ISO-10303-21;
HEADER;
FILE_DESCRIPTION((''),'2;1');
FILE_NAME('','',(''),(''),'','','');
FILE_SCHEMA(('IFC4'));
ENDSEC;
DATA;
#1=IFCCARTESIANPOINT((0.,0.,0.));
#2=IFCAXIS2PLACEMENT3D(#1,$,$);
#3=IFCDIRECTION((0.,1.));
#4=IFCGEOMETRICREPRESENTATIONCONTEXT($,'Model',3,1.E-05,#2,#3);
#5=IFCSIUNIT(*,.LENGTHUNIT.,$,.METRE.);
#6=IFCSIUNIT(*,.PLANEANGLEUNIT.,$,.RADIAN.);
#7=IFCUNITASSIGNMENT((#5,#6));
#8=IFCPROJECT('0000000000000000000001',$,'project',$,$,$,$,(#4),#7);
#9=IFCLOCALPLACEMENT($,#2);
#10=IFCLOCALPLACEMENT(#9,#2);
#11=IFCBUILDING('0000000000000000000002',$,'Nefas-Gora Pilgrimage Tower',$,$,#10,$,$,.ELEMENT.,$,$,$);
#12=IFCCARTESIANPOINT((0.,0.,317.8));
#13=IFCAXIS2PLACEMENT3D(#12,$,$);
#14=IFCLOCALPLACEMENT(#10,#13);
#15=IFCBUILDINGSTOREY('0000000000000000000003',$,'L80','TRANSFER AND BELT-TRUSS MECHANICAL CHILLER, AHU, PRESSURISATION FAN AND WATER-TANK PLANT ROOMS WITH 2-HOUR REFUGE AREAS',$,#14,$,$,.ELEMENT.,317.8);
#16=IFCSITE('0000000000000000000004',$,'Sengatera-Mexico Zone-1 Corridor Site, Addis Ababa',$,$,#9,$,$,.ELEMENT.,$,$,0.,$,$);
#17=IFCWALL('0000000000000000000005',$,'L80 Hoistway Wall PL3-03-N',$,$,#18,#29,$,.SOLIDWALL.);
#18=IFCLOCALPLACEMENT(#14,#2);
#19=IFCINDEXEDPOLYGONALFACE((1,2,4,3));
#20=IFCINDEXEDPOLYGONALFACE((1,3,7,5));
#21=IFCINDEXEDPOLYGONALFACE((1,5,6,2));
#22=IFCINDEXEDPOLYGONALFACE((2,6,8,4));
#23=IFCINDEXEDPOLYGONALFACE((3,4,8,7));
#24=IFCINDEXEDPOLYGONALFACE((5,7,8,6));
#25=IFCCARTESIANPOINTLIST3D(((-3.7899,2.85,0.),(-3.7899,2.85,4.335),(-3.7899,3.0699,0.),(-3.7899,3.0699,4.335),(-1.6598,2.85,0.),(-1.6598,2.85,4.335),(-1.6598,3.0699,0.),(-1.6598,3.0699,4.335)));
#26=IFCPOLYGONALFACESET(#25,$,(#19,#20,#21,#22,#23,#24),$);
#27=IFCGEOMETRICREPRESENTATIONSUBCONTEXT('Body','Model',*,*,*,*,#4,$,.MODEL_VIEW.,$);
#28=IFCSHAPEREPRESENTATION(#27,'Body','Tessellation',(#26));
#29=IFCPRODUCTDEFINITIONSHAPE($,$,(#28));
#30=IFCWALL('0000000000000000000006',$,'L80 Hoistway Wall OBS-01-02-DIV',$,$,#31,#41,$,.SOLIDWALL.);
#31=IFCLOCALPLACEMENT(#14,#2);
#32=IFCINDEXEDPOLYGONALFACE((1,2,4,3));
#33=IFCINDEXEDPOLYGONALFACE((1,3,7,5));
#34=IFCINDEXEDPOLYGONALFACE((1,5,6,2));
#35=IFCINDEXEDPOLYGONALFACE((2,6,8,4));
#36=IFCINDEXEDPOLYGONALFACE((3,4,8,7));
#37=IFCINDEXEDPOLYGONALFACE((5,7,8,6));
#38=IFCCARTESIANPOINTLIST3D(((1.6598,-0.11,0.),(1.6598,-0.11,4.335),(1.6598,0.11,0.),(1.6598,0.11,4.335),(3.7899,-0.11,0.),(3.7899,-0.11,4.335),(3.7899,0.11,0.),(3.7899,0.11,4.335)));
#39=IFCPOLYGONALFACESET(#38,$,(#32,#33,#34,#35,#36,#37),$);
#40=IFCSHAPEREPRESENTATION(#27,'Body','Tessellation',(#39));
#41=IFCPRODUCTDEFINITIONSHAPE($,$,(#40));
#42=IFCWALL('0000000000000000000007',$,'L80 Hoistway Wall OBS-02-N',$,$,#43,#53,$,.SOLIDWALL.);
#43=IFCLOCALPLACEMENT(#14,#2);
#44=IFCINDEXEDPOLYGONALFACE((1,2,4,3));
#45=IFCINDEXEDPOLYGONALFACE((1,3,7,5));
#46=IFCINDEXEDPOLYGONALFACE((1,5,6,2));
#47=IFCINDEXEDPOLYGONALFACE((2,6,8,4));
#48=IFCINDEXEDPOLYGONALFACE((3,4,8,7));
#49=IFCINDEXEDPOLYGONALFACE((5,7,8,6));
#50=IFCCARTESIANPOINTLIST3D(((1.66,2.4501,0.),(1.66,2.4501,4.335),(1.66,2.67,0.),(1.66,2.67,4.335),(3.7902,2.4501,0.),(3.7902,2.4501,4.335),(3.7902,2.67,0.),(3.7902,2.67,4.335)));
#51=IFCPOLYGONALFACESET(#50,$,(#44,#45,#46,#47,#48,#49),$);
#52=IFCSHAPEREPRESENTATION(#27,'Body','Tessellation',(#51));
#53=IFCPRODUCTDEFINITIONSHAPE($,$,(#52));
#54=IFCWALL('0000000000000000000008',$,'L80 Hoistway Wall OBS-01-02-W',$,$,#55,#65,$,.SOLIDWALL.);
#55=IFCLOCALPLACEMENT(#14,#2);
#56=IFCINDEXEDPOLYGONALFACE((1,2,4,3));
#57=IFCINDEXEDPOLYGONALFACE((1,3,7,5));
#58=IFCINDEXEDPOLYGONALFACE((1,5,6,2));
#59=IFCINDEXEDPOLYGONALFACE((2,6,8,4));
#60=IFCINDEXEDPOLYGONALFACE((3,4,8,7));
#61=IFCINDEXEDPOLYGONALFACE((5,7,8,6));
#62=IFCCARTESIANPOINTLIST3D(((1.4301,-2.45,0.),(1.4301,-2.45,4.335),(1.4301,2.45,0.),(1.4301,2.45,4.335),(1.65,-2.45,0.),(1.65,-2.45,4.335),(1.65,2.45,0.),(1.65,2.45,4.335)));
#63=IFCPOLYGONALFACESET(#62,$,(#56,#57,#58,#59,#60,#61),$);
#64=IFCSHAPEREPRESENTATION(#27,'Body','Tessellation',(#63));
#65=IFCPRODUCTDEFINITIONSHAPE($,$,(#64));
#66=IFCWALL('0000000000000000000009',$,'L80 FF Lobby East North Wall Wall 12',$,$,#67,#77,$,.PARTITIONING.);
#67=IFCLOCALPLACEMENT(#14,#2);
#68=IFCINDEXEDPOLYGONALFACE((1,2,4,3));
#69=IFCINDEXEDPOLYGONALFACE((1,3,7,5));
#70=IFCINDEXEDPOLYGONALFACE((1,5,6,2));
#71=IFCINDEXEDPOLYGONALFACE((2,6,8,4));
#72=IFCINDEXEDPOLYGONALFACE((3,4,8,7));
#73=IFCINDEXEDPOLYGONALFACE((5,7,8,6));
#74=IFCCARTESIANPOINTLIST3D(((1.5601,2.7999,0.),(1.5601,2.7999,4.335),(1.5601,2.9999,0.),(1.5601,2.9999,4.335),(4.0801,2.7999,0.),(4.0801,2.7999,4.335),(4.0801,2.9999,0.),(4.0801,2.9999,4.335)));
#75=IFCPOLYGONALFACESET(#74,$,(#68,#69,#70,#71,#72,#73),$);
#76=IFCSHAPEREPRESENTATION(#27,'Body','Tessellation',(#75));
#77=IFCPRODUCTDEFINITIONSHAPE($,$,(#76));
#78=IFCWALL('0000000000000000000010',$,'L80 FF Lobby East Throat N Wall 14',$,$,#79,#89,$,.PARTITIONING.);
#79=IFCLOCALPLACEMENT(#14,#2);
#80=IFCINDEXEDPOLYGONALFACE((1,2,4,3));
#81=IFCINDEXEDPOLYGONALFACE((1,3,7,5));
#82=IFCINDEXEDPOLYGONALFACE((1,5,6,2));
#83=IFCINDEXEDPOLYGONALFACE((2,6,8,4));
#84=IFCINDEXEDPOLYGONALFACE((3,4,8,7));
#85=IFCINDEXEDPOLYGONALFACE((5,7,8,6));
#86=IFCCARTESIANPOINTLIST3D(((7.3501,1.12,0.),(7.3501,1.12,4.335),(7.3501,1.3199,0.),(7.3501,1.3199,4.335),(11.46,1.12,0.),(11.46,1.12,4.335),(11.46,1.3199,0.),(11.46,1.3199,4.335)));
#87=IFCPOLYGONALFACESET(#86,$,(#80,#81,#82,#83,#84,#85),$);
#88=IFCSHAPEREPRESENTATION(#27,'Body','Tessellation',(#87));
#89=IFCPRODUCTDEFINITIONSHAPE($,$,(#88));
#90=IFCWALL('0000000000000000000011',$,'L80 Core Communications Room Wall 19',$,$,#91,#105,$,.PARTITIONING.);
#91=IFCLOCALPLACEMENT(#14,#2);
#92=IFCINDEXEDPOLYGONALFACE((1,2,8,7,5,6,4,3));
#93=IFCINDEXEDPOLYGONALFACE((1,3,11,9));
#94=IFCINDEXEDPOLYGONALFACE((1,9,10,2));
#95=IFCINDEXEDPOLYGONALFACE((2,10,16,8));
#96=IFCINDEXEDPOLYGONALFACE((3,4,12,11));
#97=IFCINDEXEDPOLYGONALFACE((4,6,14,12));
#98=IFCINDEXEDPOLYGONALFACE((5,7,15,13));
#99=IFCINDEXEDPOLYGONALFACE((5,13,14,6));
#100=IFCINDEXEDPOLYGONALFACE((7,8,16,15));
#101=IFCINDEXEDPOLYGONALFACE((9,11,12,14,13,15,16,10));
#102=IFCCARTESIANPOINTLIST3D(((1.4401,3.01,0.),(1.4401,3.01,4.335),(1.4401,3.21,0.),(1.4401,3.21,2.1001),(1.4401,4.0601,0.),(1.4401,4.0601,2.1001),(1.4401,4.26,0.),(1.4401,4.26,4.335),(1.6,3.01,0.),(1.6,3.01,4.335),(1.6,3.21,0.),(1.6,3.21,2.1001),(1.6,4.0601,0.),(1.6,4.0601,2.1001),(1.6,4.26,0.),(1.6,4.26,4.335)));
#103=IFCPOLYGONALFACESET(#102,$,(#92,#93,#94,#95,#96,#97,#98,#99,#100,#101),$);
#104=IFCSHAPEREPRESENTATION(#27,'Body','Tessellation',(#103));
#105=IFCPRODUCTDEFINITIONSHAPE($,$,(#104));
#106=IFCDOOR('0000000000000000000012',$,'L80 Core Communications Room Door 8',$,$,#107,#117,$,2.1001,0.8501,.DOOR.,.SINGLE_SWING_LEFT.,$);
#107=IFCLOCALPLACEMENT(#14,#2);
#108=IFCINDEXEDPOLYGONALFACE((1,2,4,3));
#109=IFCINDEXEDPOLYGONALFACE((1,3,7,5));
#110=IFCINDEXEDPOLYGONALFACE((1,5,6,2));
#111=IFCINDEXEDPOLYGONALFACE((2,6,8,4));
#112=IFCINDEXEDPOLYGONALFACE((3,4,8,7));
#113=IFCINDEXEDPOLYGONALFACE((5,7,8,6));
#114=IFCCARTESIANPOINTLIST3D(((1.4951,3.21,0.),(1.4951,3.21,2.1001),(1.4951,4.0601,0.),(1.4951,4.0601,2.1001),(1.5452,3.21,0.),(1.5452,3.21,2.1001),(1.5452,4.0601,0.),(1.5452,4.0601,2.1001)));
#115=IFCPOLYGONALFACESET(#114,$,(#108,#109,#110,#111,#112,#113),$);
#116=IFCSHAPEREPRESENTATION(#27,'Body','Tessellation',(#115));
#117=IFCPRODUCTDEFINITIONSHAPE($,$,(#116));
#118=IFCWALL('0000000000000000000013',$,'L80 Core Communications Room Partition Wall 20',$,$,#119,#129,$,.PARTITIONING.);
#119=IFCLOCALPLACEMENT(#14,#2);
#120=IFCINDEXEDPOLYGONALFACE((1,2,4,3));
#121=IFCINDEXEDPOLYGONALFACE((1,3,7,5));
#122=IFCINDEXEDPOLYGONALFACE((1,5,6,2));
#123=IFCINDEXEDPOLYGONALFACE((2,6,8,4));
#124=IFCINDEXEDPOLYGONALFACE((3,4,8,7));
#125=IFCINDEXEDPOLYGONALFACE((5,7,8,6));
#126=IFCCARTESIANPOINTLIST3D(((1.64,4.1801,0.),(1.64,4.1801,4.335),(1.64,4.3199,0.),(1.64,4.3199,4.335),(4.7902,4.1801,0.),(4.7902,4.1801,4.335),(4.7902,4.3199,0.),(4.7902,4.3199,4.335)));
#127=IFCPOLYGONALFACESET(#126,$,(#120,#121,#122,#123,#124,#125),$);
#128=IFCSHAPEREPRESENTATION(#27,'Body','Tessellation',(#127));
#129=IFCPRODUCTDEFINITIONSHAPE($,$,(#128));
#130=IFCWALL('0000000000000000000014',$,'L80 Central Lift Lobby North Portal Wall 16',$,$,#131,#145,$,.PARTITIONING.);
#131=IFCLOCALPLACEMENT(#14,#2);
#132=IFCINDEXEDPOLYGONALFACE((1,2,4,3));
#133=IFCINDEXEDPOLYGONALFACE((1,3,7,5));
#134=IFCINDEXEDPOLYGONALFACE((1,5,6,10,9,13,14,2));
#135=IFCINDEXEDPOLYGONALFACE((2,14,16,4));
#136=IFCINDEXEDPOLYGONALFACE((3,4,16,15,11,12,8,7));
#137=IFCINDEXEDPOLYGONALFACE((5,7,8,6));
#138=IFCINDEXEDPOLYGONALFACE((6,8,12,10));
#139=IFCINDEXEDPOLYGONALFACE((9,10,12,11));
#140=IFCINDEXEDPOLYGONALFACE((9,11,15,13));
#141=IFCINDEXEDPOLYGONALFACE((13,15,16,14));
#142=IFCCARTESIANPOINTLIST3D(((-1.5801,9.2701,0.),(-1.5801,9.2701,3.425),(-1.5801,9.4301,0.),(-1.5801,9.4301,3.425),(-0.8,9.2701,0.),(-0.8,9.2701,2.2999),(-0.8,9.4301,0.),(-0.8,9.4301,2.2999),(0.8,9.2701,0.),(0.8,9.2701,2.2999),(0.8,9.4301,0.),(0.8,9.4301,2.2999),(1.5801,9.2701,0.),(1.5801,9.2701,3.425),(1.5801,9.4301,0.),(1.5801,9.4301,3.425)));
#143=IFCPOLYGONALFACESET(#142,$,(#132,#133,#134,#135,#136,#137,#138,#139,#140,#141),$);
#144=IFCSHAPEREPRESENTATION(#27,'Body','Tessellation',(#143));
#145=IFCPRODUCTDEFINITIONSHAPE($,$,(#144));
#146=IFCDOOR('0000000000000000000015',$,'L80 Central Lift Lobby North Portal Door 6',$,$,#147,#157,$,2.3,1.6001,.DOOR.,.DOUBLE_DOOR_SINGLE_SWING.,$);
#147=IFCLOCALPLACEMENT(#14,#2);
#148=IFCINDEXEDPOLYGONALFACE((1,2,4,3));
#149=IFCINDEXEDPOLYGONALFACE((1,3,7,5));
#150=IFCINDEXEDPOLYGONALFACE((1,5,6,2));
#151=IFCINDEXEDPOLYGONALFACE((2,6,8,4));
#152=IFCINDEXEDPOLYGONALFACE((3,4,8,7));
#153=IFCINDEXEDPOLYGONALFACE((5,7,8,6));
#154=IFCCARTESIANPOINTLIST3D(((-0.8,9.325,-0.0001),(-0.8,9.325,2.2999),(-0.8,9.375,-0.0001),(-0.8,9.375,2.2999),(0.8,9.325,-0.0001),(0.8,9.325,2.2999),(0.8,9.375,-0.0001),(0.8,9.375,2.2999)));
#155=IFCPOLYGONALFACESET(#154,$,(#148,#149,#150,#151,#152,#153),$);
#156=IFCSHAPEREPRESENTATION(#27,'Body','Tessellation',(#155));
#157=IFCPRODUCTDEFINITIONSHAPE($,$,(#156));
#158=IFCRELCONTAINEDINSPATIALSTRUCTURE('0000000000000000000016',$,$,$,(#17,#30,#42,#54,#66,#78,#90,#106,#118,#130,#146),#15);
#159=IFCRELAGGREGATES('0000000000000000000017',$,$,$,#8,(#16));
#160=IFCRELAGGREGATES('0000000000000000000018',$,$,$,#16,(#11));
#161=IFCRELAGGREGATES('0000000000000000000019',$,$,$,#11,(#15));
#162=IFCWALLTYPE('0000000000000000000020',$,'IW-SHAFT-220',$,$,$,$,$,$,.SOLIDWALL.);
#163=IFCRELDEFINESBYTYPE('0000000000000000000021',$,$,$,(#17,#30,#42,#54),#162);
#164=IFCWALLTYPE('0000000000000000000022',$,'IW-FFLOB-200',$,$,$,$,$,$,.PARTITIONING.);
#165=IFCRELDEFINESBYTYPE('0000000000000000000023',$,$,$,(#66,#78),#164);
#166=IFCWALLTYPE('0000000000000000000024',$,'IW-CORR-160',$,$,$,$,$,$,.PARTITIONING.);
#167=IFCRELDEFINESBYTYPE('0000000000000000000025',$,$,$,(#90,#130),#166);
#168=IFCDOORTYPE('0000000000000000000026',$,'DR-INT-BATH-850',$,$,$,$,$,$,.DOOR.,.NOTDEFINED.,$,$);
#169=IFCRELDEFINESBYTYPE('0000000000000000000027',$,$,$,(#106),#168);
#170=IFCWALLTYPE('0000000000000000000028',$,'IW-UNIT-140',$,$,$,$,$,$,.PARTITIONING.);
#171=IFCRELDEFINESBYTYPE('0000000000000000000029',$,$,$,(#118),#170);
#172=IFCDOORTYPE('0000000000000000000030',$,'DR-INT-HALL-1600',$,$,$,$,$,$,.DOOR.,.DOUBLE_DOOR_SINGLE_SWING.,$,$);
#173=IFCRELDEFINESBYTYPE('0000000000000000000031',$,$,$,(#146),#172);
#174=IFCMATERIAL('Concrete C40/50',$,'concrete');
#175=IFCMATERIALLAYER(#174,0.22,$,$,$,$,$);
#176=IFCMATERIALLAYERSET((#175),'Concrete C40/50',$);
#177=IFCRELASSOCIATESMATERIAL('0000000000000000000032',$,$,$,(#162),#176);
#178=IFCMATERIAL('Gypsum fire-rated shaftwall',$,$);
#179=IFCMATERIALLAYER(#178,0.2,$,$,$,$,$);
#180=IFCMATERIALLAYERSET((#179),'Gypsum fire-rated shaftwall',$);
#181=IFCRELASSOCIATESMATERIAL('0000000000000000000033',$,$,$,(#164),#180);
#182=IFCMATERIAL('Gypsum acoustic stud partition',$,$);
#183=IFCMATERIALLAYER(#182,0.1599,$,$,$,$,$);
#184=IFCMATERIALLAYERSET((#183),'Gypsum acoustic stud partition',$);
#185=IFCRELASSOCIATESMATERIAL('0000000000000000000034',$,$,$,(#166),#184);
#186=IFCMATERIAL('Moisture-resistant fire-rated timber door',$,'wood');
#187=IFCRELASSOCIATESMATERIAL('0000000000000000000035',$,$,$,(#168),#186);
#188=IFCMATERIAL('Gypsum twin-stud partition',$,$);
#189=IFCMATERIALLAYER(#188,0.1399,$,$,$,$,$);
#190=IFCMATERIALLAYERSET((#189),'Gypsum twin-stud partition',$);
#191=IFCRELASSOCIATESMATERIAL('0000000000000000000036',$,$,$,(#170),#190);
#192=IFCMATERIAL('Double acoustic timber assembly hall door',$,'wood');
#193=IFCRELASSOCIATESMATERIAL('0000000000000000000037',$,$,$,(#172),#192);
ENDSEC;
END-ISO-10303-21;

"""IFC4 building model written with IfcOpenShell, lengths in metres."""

from ifc_helpers import new_model, si_unit, direction, frame, frame_2d, origin, place, context, subcontext, project, spatial, rectangle, extrude, source, transform, mapped, material, layer, layer_set, type_object, element, fill, save


model = new_model("IFC4")

# Units and contexts
model_context = context("Model", 3, precision=1e-05, world=origin(), true_north=direction((0.0, 1.0)))
body_context = subcontext(model_context, "Body", "Model", "MODEL_VIEW")
ifc_project = project(units=[si_unit("LENGTHUNIT", "METRE"), si_unit("PLANEANGLEUNIT", "RADIAN")], contexts=[model_context])

# Site, building, storey
site_placement = place(None, origin())
site = spatial("IfcSite", under=ifc_project, at=site_placement, Name="Sengatera-Mexico Zone-1 Corridor Site, Addis Ababa", CompositionType="ELEMENT", RefElevation=0.0)
building_placement = place(site_placement, origin())
building = spatial("IfcBuilding", under=site, at=building_placement, Name="Nefas-Gora Pilgrimage Tower", CompositionType="ELEMENT")
storey_placement = place(building_placement, frame((0.0, 0.0, 317.8)))
storey = spatial("IfcBuildingStorey", under=building, at=storey_placement, Name="L80", Description="TRANSFER AND BELT-TRUSS MECHANICAL CHILLER, AHU, PRESSURISATION FAN AND WATER-TANK PLANT ROOMS WITH 2-HOUR REFUGE AREAS", CompositionType="ELEMENT", Elevation=317.8)

# Shared definitions
ifc_material_1 = material(Name="Concrete C40/50", Category="concrete")

# Shared definitions
ifc_layer_1 = layer(ifc_material_1, 0.22)
ifc_layer_set_1 = layer_set([ifc_layer_1], Name="Concrete C40/50")
wall_type_1 = type_object("IfcWallType", Name="IW-SHAFT-220", PredefinedType="SOLIDWALL", material=ifc_layer_set_1)

# Walls
shared_shape_1 = source(origin(), body_context, "Body", "SweptSolid", [
    extrude(rectangle(XDim=2.1301, YDim=0.22, at=frame_2d((1.0649, 0.0))), origin(), (0.0, 0.0, 1.0), 4.335),
])
for number, where, z_axis, x_axis, name in (
    (1, (-1.6599, 2.96, 0.0), (0.0, 0.0, 1.0), (-1.0, 0.0, 0.0), "L80 Hoistway Wall PL3-03-N"),
    (2, (1.6599, 0.0, 0.0), (0.0, 0.0, 1.0), (1.0, 0.0, 0.0), "L80 Hoistway Wall OBS-01-02-DIV"),
    (3, (3.79, 2.5601, 0.0), (0.0, 0.0, 1.0), (-1.0, 0.0, 0.0), "L80 Hoistway Wall OBS-02-N"),
):
    element("IfcWall", number, at=place(storey_placement, frame(where, z_axis=z_axis, x_axis=x_axis)), inside=storey, type_object=wall_type_1, Name=name, PredefinedType="SOLIDWALL", context=body_context, shape_type="MappedRepresentation", body=[
        mapped(shared_shape_1, transform((0.0, 0.0, 0.0), x_axis=(1.0, 0.0, 0.0), y_axis=(0.0, 1.0, 0.0), z_axis=(0.0, 0.0, 1.0), scale=1.0)),
    ])
shared_shape_2 = source(origin(), body_context, "Body", "SweptSolid", [
    extrude(rectangle(XDim=4.8999, YDim=0.22, at=frame_2d((2.45, 0.0))), origin(), (0.0, 0.0, 1.0), 4.335),
])
wall_1_placement = place(storey_placement, frame((1.54, 2.45, 0.0), z_axis=(0.0, 0.0, 1.0), x_axis=(0.0, -1.0, 0.0)))
element("IfcWall", 4, at=wall_1_placement, inside=storey, type_object=wall_type_1, Name="L80 Hoistway Wall OBS-01-02-W", PredefinedType="SOLIDWALL", context=body_context, shape_type="MappedRepresentation", body=[
    mapped(shared_shape_2, transform((0.0, 0.0, 0.0), x_axis=(1.0, 0.0, 0.0), y_axis=(0.0, 1.0, 0.0), z_axis=(0.0, 0.0, 1.0), scale=1.0)),
])
ifc_material_2 = material(Name="Gypsum fire-rated shaftwall")
ifc_layer_2 = layer(ifc_material_2, 0.2)
ifc_layer_set_2 = layer_set([ifc_layer_2], Name="Gypsum fire-rated shaftwall")
wall_type_2 = type_object("IfcWallType", Name="IW-FFLOB-200", PredefinedType="PARTITIONING", material=ifc_layer_set_2)
shared_shape_3 = source(origin(), body_context, "Body", "SweptSolid", [
    extrude(rectangle(XDim=2.52, YDim=0.2, at=frame_2d((1.26, 0.0))), origin(), (0.0, 0.0, 1.0), 4.335),
])
wall_2_placement = place(storey_placement, frame((1.5601, 2.8999, 0.0), z_axis=(0.0, 0.0, 1.0), x_axis=(1.0, 0.0, 0.0)))
element("IfcWall", 5, at=wall_2_placement, inside=storey, type_object=wall_type_2, Name="L80 FF Lobby East North Wall Wall 12", PredefinedType="PARTITIONING", context=body_context, shape_type="MappedRepresentation", body=[
    mapped(shared_shape_3, transform((0.0, 0.0, 0.0), x_axis=(1.0, 0.0, 0.0), y_axis=(0.0, 1.0, 0.0), z_axis=(0.0, 0.0, 1.0), scale=1.0)),
])

# Wall
shared_shape_4 = source(origin(), body_context, "Body", "SweptSolid", [
    extrude(rectangle(XDim=4.1099, YDim=0.2, at=frame_2d((2.0549, 0.0))), origin(), (0.0, 0.0, 1.0), 4.335),
])
wall_3_placement = place(storey_placement, frame((7.3501, 1.22, 0.0), z_axis=(0.0, 0.0, 1.0), x_axis=(1.0, 0.0, 0.0)))
element("IfcWall", 6, at=wall_3_placement, inside=storey, type_object=wall_type_2, Name="L80 FF Lobby East Throat N Wall 14", PredefinedType="PARTITIONING", context=body_context, shape_type="MappedRepresentation", body=[
    mapped(shared_shape_4, transform((0.0, 0.0, 0.0), x_axis=(1.0, 0.0, 0.0), y_axis=(0.0, 1.0, 0.0), z_axis=(0.0, 0.0, 1.0), scale=1.0)),
])

# Wall, opening, door
ifc_material_3 = material(Name="Gypsum acoustic stud partition")
ifc_layer_3 = layer(ifc_material_3, 0.1599)
ifc_layer_set_3 = layer_set([ifc_layer_3], Name="Gypsum acoustic stud partition")
wall_type_3 = type_object("IfcWallType", Name="IW-CORR-160", PredefinedType="PARTITIONING", material=ifc_layer_set_3)
shared_shape_5 = source(origin(), body_context, "Body", "SweptSolid", [
    extrude(rectangle(XDim=1.25, YDim=0.1599, at=frame_2d((0.625, 0.0))), origin(), (0.0, 0.0, 1.0), 4.335),
])
wall_4_placement = place(storey_placement, frame((1.52, 3.01, 0.0), z_axis=(0.0, 0.0, 1.0), x_axis=(0.0, 1.0, 0.0)))
wall_4 = element("IfcWall", 7, at=wall_4_placement, inside=storey, type_object=wall_type_3, Name="L80 Core Communications Room Wall 19", PredefinedType="PARTITIONING", context=body_context, shape_type="MappedRepresentation", body=[
    mapped(shared_shape_5, transform((0.0, 0.0, 0.0), x_axis=(1.0, 0.0, 0.0), y_axis=(0.0, 1.0, 0.0), z_axis=(0.0, 0.0, 1.0), scale=1.0)),
])
opening_1_placement = place(wall_4_placement, frame((0.2, 0.0, 0.0)))
opening_1 = element("IfcOpeningElement", 8, at=opening_1_placement, cuts=wall_4, PredefinedType="OPENING", context=body_context, shape_type="SweptSolid", body=[
    extrude(rectangle(XDim=0.8501, YDim=2.1001, at=frame_2d((0.425, 1.05))), frame((0.0, 0.0898, 0.0), z_axis=(0.0, -1.0, 0.0), x_axis=(1.0, 0.0, 0.0)), (0.0, 0.0, 1.0), 0.1799),
])
ifc_material_4 = material(Name="Moisture-resistant fire-rated timber door", Category="wood")
door_type_1 = type_object("IfcDoorType", Name="DR-INT-BATH-850", OperationType="NOTDEFINED", PredefinedType="DOOR", material=ifc_material_4)
shared_shape_6 = source(origin(), body_context, "Body", "SweptSolid", [
    extrude(rectangle(XDim=0.8501, YDim=2.1001, at=frame_2d((0.425, 1.05))), frame((0.0, 0.0249, 0.0), z_axis=(0.0, -1.0, 0.0), x_axis=(1.0, 0.0, 0.0)), (0.0, 0.0, 1.0), 0.05),
])
door_1_placement = place(opening_1_placement, origin())
door_1 = element("IfcDoor", 9, at=door_1_placement, inside=storey, type_object=door_type_1, Name="L80 Core Communications Room Door 8", OperationType="SINGLE_SWING_LEFT", OverallHeight=2.1001, OverallWidth=0.8501, PredefinedType="DOOR", context=body_context, shape_type="MappedRepresentation", body=[
    mapped(shared_shape_6, transform((0.0, 0.0, 0.0), x_axis=(1.0, 0.0, 0.0), y_axis=(0.0, 1.0, 0.0), z_axis=(0.0, 0.0, 1.0), scale=1.0)),
])
fill(opening_1, door_1)

# Wall
ifc_material_5 = material(Name="Gypsum twin-stud partition")
ifc_layer_4 = layer(ifc_material_5, 0.1399)
ifc_layer_set_4 = layer_set([ifc_layer_4], Name="Gypsum twin-stud partition")
wall_type_4 = type_object("IfcWallType", Name="IW-UNIT-140", PredefinedType="PARTITIONING", material=ifc_layer_set_4)
shared_shape_7 = source(origin(), body_context, "Body", "SweptSolid", [
    extrude(rectangle(XDim=3.1501, YDim=0.1399, at=frame_2d((1.5752, 0.0))), origin(), (0.0, 0.0, 1.0), 4.335),
])
wall_5_placement = place(storey_placement, frame((1.6399, 4.25, 0.0), z_axis=(0.0, 0.0, 1.0), x_axis=(1.0, 0.0, 0.0)))
element("IfcWall", 10, at=wall_5_placement, inside=storey, type_object=wall_type_4, Name="L80 Core Communications Room Partition Wall 20", PredefinedType="PARTITIONING", context=body_context, shape_type="MappedRepresentation", body=[
    mapped(shared_shape_7, transform((0.0, 0.0, 0.0), x_axis=(1.0, 0.0, 0.0), y_axis=(0.0, 1.0, 0.0), z_axis=(0.0, 0.0, 1.0), scale=1.0)),
])

# Wall, opening, door
shared_shape_8 = source(origin(), body_context, "Body", "SweptSolid", [
    extrude(rectangle(XDim=3.1602, YDim=0.1599, at=frame_2d((1.5801, 0.0))), origin(), (0.0, 0.0, 1.0), 3.425),
])
wall_6_placement = place(storey_placement, frame((-1.5801, 9.3501, 0.0), z_axis=(0.0, 0.0, 1.0), x_axis=(1.0, 0.0, 0.0)))
wall_6 = element("IfcWall", 11, at=wall_6_placement, inside=storey, type_object=wall_type_3, Name="L80 Central Lift Lobby North Portal Wall 16", PredefinedType="PARTITIONING", context=body_context, shape_type="MappedRepresentation", body=[
    mapped(shared_shape_8, transform((0.0, 0.0, 0.0), x_axis=(1.0, 0.0, 0.0), y_axis=(0.0, 1.0, 0.0), z_axis=(0.0, 0.0, 1.0), scale=1.0)),
])
opening_2_placement = place(wall_6_placement, frame((0.78, 0.0, 0.0)))
opening_2 = element("IfcOpeningElement", 12, at=opening_2_placement, cuts=wall_6, PredefinedType="OPENING", context=body_context, shape_type="SweptSolid", body=[
    extrude(rectangle(XDim=1.6001, YDim=2.3, at=frame_2d((0.8, 1.1499))), frame((0.0, 0.0898, 0.0), z_axis=(0.0, -1.0, 0.0), x_axis=(1.0, 0.0, 0.0)), (0.0, 0.0, 1.0), 0.1799),
])
ifc_material_6 = material(Name="Double acoustic timber assembly hall door", Category="wood")
door_type_2 = type_object("IfcDoorType", Name="DR-INT-HALL-1600", OperationType="DOUBLE_DOOR_SINGLE_SWING", PredefinedType="DOOR", material=ifc_material_6)
shared_shape_9 = source(origin(), body_context, "Body", "SweptSolid", [
    extrude(rectangle(XDim=1.6001, YDim=2.3, at=frame_2d((0.8, 1.1499))), frame((0.0, 0.0249, 0.0), z_axis=(0.0, -1.0, 0.0), x_axis=(1.0, 0.0, 0.0)), (0.0, 0.0, 1.0), 0.05),
])
door_2_placement = place(opening_2_placement, origin())
door_2 = element("IfcDoor", 13, at=door_2_placement, inside=storey, type_object=door_type_2, Name="L80 Central Lift Lobby North Portal Door 6", OperationType="DOUBLE_DOOR_SINGLE_SWING", OverallHeight=2.3, OverallWidth=1.6001, PredefinedType="DOOR", context=body_context, shape_type="MappedRepresentation", body=[
    mapped(shared_shape_9, transform((0.0, 0.0, 0.0), x_axis=(1.0, 0.0, 0.0), y_axis=(0.0, 1.0, 0.0), z_axis=(0.0, 0.0, 1.0), scale=1.0)),
])
fill(opening_2, door_2)

save(model, "model.ifc")
